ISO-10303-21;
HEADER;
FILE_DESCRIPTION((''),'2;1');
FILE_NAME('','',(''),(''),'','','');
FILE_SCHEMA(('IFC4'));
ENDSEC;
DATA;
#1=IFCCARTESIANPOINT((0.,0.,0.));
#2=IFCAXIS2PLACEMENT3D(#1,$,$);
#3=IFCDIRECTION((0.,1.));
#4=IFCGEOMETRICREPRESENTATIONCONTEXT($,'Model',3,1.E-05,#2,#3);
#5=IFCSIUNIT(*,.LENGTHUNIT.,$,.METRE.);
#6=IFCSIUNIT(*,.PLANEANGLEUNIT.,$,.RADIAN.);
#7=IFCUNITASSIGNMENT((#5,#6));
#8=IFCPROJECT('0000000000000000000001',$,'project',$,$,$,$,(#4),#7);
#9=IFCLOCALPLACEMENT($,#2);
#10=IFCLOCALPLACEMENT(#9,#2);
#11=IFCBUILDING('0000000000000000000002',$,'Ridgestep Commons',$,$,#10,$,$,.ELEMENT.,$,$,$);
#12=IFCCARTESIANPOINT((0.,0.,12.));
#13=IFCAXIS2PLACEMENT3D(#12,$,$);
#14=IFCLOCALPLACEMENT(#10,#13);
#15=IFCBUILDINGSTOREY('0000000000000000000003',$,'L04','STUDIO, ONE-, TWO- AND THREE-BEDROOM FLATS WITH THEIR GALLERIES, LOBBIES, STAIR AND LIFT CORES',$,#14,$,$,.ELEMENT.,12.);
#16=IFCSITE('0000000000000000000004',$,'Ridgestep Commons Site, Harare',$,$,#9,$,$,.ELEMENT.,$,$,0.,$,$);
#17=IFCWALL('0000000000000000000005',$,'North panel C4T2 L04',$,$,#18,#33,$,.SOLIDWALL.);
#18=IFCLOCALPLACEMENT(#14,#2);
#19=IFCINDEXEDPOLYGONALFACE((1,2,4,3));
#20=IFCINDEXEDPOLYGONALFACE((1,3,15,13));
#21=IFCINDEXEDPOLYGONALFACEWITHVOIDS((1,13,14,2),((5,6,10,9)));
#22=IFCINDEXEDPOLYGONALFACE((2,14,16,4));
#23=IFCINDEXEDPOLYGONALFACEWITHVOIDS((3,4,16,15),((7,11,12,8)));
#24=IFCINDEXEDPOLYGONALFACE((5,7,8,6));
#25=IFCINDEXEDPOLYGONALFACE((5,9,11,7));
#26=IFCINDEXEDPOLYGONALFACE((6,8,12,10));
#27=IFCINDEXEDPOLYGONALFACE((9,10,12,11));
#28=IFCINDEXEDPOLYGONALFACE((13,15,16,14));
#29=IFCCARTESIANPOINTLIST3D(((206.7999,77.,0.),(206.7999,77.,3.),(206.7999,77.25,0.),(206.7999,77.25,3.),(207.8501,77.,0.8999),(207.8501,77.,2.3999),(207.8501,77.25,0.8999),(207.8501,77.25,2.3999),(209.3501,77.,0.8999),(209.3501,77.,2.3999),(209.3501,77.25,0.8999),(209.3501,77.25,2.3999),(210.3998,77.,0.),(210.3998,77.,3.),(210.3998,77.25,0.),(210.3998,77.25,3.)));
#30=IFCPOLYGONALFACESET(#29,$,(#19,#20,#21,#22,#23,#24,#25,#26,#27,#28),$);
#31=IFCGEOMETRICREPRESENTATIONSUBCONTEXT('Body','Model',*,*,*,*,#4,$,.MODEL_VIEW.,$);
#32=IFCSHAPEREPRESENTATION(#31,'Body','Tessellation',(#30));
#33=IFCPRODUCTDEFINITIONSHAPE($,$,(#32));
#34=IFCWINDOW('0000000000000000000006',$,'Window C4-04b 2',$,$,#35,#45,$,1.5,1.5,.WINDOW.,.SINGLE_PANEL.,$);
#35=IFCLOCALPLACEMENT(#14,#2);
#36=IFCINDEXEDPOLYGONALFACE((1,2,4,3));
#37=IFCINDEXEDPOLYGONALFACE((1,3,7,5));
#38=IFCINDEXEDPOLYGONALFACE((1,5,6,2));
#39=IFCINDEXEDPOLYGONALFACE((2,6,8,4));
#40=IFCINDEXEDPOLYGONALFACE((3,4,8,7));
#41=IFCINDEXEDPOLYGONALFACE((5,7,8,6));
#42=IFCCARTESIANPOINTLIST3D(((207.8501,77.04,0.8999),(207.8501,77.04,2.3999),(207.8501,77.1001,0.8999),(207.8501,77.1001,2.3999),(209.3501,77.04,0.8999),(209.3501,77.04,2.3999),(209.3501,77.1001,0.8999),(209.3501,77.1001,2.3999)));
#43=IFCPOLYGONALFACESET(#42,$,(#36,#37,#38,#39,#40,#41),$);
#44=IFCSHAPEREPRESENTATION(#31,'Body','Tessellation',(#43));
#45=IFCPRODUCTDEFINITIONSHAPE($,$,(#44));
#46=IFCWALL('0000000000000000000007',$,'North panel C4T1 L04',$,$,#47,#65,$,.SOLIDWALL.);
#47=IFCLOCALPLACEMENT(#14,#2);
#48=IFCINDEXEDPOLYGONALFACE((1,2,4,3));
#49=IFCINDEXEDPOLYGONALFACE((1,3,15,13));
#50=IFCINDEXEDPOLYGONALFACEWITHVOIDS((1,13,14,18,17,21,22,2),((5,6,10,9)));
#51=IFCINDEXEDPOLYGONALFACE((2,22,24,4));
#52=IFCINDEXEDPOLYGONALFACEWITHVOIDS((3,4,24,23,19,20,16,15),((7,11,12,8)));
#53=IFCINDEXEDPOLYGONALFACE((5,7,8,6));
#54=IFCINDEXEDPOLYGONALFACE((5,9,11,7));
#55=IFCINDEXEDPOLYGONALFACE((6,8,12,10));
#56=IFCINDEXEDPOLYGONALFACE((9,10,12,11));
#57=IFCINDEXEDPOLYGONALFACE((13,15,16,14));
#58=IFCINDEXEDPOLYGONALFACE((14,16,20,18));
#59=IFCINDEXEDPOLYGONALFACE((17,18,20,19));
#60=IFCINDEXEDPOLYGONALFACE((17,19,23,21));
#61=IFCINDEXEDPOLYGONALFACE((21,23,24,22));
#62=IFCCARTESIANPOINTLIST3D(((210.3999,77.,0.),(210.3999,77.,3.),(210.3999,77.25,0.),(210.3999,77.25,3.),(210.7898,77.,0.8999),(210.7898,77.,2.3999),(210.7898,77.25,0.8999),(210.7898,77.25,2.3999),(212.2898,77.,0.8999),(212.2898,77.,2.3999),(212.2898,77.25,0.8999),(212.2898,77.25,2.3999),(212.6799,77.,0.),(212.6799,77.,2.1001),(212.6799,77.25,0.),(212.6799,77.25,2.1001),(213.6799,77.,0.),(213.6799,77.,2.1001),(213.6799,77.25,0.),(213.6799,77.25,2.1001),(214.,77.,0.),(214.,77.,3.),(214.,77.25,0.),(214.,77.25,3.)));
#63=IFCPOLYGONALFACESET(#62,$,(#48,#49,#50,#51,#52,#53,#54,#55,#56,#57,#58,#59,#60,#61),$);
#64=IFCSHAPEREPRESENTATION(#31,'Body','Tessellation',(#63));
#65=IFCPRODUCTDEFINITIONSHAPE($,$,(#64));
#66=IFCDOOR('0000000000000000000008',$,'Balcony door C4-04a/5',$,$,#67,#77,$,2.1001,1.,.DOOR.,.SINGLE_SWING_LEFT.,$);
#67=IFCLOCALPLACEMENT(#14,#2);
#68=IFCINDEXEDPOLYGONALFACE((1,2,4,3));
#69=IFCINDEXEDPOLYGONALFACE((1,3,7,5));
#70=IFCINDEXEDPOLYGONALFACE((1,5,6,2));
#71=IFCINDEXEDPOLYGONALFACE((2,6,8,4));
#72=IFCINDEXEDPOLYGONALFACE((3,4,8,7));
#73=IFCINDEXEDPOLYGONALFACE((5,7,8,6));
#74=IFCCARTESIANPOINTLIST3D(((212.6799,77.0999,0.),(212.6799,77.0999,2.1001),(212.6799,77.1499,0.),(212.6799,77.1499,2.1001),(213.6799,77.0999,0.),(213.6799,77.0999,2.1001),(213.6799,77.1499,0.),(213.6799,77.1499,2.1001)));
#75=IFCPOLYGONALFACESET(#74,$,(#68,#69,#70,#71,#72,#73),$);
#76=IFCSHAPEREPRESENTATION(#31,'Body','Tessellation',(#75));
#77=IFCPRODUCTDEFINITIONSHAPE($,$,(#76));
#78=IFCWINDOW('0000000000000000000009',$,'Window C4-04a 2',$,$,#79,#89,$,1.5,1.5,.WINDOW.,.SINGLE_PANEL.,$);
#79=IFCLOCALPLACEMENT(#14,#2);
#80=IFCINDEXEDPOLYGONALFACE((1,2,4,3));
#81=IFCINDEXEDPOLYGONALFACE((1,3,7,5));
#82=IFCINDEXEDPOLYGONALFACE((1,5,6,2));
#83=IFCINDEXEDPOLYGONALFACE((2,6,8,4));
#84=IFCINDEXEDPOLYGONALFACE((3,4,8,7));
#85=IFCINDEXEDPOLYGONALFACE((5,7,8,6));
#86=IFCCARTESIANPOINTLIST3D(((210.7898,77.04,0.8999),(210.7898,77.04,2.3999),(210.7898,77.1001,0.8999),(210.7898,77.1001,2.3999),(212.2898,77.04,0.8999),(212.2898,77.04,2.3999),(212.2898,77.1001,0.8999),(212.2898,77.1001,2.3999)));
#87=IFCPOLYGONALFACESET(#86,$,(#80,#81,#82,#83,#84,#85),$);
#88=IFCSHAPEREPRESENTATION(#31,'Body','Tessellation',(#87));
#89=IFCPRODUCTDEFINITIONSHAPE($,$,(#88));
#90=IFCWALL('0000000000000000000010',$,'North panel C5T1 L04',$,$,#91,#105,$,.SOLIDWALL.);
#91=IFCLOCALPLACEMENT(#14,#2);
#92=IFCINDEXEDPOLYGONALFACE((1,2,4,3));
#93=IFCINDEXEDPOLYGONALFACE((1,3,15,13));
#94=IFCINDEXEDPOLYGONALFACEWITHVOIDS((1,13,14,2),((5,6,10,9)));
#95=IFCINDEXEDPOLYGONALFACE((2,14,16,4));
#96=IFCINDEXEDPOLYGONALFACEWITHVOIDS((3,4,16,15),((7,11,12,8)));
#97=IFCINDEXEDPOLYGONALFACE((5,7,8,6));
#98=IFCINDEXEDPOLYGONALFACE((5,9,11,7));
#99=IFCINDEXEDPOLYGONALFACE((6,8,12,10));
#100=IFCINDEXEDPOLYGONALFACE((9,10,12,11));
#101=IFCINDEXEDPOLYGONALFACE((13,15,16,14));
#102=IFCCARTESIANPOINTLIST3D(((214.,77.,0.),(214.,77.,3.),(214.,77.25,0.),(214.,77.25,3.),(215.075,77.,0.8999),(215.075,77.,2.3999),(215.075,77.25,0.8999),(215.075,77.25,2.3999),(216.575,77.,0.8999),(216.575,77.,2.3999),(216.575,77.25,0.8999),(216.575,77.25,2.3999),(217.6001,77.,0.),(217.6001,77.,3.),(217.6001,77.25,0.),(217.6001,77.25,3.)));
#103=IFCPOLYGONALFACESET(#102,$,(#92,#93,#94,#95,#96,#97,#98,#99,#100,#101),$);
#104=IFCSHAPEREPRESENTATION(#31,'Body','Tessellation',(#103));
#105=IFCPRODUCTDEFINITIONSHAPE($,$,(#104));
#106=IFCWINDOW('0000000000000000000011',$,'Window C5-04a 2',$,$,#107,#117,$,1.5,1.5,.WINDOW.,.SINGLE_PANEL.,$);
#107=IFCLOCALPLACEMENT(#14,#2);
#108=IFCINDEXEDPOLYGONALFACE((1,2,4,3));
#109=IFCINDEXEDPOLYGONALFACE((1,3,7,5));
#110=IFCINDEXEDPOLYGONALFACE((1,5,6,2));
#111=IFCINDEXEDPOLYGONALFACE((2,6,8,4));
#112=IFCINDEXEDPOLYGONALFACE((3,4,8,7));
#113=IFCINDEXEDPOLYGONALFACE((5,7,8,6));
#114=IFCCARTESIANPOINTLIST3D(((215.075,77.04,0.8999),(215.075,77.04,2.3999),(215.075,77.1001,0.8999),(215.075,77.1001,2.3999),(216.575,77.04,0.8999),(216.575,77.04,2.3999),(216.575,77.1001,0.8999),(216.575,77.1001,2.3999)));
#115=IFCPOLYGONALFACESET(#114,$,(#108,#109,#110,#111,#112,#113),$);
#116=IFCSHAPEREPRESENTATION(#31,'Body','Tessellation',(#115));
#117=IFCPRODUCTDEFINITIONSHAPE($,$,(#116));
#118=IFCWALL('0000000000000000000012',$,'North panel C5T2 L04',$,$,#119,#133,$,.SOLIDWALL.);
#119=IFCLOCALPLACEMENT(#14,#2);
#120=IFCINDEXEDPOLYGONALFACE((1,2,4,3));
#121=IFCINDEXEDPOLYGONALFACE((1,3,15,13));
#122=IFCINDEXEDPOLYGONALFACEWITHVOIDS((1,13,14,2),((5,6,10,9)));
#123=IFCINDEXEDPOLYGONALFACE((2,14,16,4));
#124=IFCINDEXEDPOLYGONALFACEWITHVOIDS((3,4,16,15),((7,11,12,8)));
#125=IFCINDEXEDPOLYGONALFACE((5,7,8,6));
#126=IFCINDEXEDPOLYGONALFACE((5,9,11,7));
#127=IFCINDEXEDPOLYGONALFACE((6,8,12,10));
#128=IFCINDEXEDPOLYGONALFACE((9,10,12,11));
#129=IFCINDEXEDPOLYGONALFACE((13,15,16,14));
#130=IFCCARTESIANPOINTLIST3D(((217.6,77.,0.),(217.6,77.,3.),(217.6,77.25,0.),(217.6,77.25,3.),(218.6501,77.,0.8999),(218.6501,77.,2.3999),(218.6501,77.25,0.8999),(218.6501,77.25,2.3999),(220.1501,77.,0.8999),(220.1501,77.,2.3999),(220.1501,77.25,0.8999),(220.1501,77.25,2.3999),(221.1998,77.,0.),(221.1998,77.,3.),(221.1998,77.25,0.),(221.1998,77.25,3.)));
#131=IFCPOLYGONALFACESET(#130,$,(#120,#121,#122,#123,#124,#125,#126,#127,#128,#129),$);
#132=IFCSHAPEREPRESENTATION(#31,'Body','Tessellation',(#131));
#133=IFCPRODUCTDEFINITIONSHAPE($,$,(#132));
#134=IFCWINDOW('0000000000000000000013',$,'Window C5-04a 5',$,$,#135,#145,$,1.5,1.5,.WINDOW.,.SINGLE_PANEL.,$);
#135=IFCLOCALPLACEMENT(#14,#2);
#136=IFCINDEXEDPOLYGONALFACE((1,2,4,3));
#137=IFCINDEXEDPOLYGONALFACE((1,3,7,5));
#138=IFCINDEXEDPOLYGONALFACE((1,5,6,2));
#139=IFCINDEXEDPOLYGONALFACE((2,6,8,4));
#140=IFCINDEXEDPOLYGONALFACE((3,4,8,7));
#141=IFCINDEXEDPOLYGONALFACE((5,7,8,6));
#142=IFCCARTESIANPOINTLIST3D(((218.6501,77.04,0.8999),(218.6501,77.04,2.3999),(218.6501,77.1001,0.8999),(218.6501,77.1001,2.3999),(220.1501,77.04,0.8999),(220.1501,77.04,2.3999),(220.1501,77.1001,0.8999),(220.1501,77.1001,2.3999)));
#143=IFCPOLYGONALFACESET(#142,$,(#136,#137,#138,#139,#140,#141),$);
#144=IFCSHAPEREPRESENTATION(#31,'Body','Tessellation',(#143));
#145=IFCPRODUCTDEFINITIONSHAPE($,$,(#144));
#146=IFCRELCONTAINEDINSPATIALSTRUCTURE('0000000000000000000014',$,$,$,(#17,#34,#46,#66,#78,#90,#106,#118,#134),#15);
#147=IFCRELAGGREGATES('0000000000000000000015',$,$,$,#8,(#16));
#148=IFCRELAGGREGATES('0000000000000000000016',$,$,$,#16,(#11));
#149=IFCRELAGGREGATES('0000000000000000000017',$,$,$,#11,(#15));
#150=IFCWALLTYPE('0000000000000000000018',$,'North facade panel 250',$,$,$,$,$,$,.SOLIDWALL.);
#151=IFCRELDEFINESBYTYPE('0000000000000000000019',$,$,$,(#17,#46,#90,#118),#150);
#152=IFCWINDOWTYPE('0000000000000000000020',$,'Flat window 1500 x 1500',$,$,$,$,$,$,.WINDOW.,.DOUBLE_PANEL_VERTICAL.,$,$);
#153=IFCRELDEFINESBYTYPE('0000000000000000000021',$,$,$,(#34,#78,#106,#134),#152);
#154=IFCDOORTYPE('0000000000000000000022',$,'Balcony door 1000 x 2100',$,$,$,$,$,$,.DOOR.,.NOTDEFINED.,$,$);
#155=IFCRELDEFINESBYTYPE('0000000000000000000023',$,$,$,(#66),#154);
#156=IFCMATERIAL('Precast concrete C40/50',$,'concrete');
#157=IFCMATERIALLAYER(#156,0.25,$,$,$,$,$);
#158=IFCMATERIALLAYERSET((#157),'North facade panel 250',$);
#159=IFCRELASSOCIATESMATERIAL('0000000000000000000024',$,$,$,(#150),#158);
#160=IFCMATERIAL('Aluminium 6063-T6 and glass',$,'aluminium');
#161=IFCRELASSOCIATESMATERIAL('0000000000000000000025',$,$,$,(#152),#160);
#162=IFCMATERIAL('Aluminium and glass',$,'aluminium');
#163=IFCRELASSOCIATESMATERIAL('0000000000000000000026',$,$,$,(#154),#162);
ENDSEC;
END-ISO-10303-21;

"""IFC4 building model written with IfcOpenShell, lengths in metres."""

from ifc_helpers import new_model, si_unit, direction, frame, frame_2d, origin, place, context, subcontext, project, spatial, rectangle, extrude, material, layer, layer_set, type_object, element, fill, save


model = new_model("IFC4")

# Units and contexts
model_context = context("Model", 3, precision=1e-05, world=origin(), true_north=direction((0.0, 1.0)))
body_context = subcontext(model_context, "Body", "Model", "MODEL_VIEW")
ifc_project = project(units=[si_unit("LENGTHUNIT", "METRE"), si_unit("PLANEANGLEUNIT", "RADIAN")], contexts=[model_context])

# Site, building, storey
site_placement = place(None, origin())
site = spatial("IfcSite", under=ifc_project, at=site_placement, Name="Ridgestep Commons Site, Harare", CompositionType="ELEMENT", RefElevation=0.0)
building_placement = place(site_placement, origin())
building = spatial("IfcBuilding", under=site, at=building_placement, Name="Ridgestep Commons", CompositionType="ELEMENT")
storey_placement = place(building_placement, frame((0.0, 0.0, 12.0)))
storey = spatial("IfcBuildingStorey", under=building, at=storey_placement, Name="L04", Description="STUDIO, ONE-, TWO- AND THREE-BEDROOM FLATS WITH THEIR GALLERIES, LOBBIES, STAIR AND LIFT CORES", CompositionType="ELEMENT", Elevation=12.0)

# Wall, opening, window
ifc_material_1 = material(Name="Precast concrete C40/50", Category="concrete")
ifc_layer_1 = layer(ifc_material_1, 0.25)
ifc_layer_set_1 = layer_set([ifc_layer_1], Name="North facade panel 250")
wall_type_1 = type_object("IfcWallType", Name="North facade panel 250", PredefinedType="SOLIDWALL", material=ifc_layer_set_1)
wall_1_placement = place(storey_placement, frame((206.8, 77.125, 0.0), z_axis=(0.0, 0.0, 1.0), x_axis=(1.0, 0.0, 0.0)))
wall_1 = element("IfcWall", 1, at=wall_1_placement, inside=storey, type_object=wall_type_1, Name="North panel C4T2 L04", PredefinedType="SOLIDWALL", context=body_context, shape_type="SweptSolid", body=[
    extrude(rectangle(XDim=3.5999, YDim=0.25, at=frame_2d((1.7998, 0.0))), origin(), (0.0, 0.0, 1.0), 3.0),
])
opening_1_placement = place(wall_1_placement, frame((1.05, 0.0, 0.8999)))
opening_1 = element("IfcOpeningElement", 2, at=opening_1_placement, cuts=wall_1, PredefinedType="OPENING", context=body_context, shape_type="SweptSolid", body=[
    extrude(rectangle(XDim=1.5, YDim=1.5, at=frame_2d((0.75, 0.75))), frame((0.0, 0.135, 0.0), z_axis=(0.0, -1.0, 0.0), x_axis=(1.0, 0.0, 0.0)), (0.0, 0.0, 1.0), 0.27),
])
ifc_material_2 = material(Name="Aluminium 6063-T6 and glass", Category="aluminium")
window_type = type_object("IfcWindowType", Name="Flat window 1500 x 1500", PartitioningType="DOUBLE_PANEL_VERTICAL", PredefinedType="WINDOW", material=ifc_material_2)
window_1_placement = place(opening_1_placement, origin())
window_1 = element("IfcWindow", 3, at=window_1_placement, inside=storey, type_object=window_type, Name="Window C4-04b 2", OverallHeight=1.5, OverallWidth=1.5, PartitioningType="SINGLE_PANEL", PredefinedType="WINDOW", context=body_context, shape_type="SweptSolid", body=[
    extrude(rectangle(XDim=1.5, YDim=1.5, at=frame_2d((0.75, 0.75))), frame((0.0, -0.0249, 0.0), z_axis=(0.0, -1.0, 0.0), x_axis=(1.0, 0.0, 0.0)), (0.0, 0.0, 1.0), 0.0601),
])
fill(opening_1, window_1)

# Wall, openings, door, window
wall_2_placement = place(storey_placement, frame((210.3999, 77.125, 0.0), z_axis=(0.0, 0.0, 1.0), x_axis=(1.0, 0.0, 0.0)))
wall_2 = element("IfcWall", 4, at=wall_2_placement, inside=storey, type_object=wall_type_1, Name="North panel C4T1 L04", PredefinedType="SOLIDWALL", context=body_context, shape_type="SweptSolid", body=[
    extrude(rectangle(XDim=3.6001, YDim=0.25, at=frame_2d((1.8, 0.0))), origin(), (0.0, 0.0, 1.0), 3.0),
])
opening_2_placement = place(wall_2_placement, frame((0.3899, 0.0, 0.8999)))
opening_2 = element("IfcOpeningElement", 5, at=opening_2_placement, cuts=wall_2, PredefinedType="OPENING", context=body_context, shape_type="SweptSolid", body=[
    extrude(rectangle(XDim=1.5, YDim=1.5, at=frame_2d((0.75, 0.75))), frame((0.0, 0.135, 0.0), z_axis=(0.0, -1.0, 0.0), x_axis=(1.0, 0.0, 0.0)), (0.0, 0.0, 1.0), 0.27),
])
opening_3_placement = place(wall_2_placement, frame((2.28, 0.0, 0.0)))
opening_3 = element("IfcOpeningElement", 6, at=opening_3_placement, cuts=wall_2, PredefinedType="OPENING", context=body_context, shape_type="SweptSolid", body=[
    extrude(rectangle(XDim=1.0, YDim=2.1001, at=frame_2d((0.5, 1.05))), frame((0.0, 0.135, 0.0), z_axis=(0.0, -1.0, 0.0), x_axis=(1.0, 0.0, 0.0)), (0.0, 0.0, 1.0), 0.27),
])
ifc_material_3 = material(Name="Aluminium and glass", Category="aluminium")
door_type_1 = type_object("IfcDoorType", Name="Balcony door 1000 x 2100", OperationType="NOTDEFINED", PredefinedType="DOOR", material=ifc_material_3)
door_1_placement = place(opening_3_placement, origin())
door_1 = element("IfcDoor", 7, at=door_1_placement, inside=storey, type_object=door_type_1, Name="Balcony door C4-04a/5", OperationType="SINGLE_SWING_LEFT", OverallHeight=2.1001, OverallWidth=1.0, PredefinedType="DOOR", context=body_context, shape_type="SweptSolid", body=[
    extrude(rectangle(XDim=1.0, YDim=2.1001, at=frame_2d((0.5, 1.05))), frame((0.0, 0.0249, 0.0), z_axis=(0.0, -1.0, 0.0), x_axis=(1.0, 0.0, 0.0)), (0.0, 0.0, 1.0), 0.05),
])
fill(opening_3, door_1)
window_2_placement = place(opening_2_placement, origin())
window_2 = element("IfcWindow", 8, at=window_2_placement, inside=storey, type_object=window_type, Name="Window C4-04a 2", OverallHeight=1.5, OverallWidth=1.5, PartitioningType="SINGLE_PANEL", PredefinedType="WINDOW", context=body_context, shape_type="SweptSolid", body=[
    extrude(rectangle(XDim=1.5, YDim=1.5, at=frame_2d((0.75, 0.75))), frame((0.0, -0.0249, 0.0), z_axis=(0.0, -1.0, 0.0), x_axis=(1.0, 0.0, 0.0)), (0.0, 0.0, 1.0), 0.0601),
])
fill(opening_2, window_2)

# Walls, openings, windows
wall_3_placement = place(storey_placement, frame((214.0, 77.125, 0.0), z_axis=(0.0, 0.0, 1.0), x_axis=(1.0, 0.0, 0.0)))
wall_3 = element("IfcWall", 9, at=wall_3_placement, inside=storey, type_object=wall_type_1, Name="North panel C5T1 L04", PredefinedType="SOLIDWALL", context=body_context, shape_type="SweptSolid", body=[
    extrude(rectangle(XDim=3.6001, YDim=0.25, at=frame_2d((1.8, 0.0))), origin(), (0.0, 0.0, 1.0), 3.0),
])
opening_4_placement = place(wall_3_placement, frame((1.075, 0.0, 0.8999)))
opening_4 = element("IfcOpeningElement", 10, at=opening_4_placement, cuts=wall_3, PredefinedType="OPENING", context=body_context, shape_type="SweptSolid", body=[
    extrude(rectangle(XDim=1.5, YDim=1.5, at=frame_2d((0.75, 0.75))), frame((0.0, 0.135, 0.0), z_axis=(0.0, -1.0, 0.0), x_axis=(1.0, 0.0, 0.0)), (0.0, 0.0, 1.0), 0.27),
])
window_3_placement = place(opening_4_placement, origin())
window_3 = element("IfcWindow", 11, at=window_3_placement, inside=storey, type_object=window_type, Name="Window C5-04a 2", OverallHeight=1.5, OverallWidth=1.5, PartitioningType="SINGLE_PANEL", PredefinedType="WINDOW", context=body_context, shape_type="SweptSolid", body=[
    extrude(rectangle(XDim=1.5, YDim=1.5, at=frame_2d((0.75, 0.75))), frame((0.0, -0.0249, 0.0), z_axis=(0.0, -1.0, 0.0), x_axis=(1.0, 0.0, 0.0)), (0.0, 0.0, 1.0), 0.0601),
])
fill(opening_4, window_3)
wall_4_placement = place(storey_placement, frame((217.6001, 77.125, 0.0), z_axis=(0.0, 0.0, 1.0), x_axis=(1.0, 0.0, 0.0)))
wall_4 = element("IfcWall", 12, at=wall_4_placement, inside=storey, type_object=wall_type_1, Name="North panel C5T2 L04", PredefinedType="SOLIDWALL", context=body_context, shape_type="SweptSolid", body=[
    extrude(rectangle(XDim=3.5999, YDim=0.25, at=frame_2d((1.7998, 0.0))), origin(), (0.0, 0.0, 1.0), 3.0),
])
opening_5_placement = place(wall_4_placement, frame((1.05, 0.0, 0.8999)))
opening_5 = element("IfcOpeningElement", 13, at=opening_5_placement, cuts=wall_4, PredefinedType="OPENING", context=body_context, shape_type="SweptSolid", body=[
    extrude(rectangle(XDim=1.5, YDim=1.5, at=frame_2d((0.75, 0.75))), frame((0.0, 0.135, 0.0), z_axis=(0.0, -1.0, 0.0), x_axis=(1.0, 0.0, 0.0)), (0.0, 0.0, 1.0), 0.27),
])
window_4_placement = place(opening_5_placement, origin())
window_4 = element("IfcWindow", 14, at=window_4_placement, inside=storey, type_object=window_type, Name="Window C5-04a 5", OverallHeight=1.5, OverallWidth=1.5, PartitioningType="SINGLE_PANEL", PredefinedType="WINDOW", context=body_context, shape_type="SweptSolid", body=[
    extrude(rectangle(XDim=1.5, YDim=1.5, at=frame_2d((0.75, 0.75))), frame((0.0, -0.0249, 0.0), z_axis=(0.0, -1.0, 0.0), x_axis=(1.0, 0.0, 0.0)), (0.0, 0.0, 1.0), 0.0601),
])
fill(opening_5, window_4)

save(model, "model.ifc")
